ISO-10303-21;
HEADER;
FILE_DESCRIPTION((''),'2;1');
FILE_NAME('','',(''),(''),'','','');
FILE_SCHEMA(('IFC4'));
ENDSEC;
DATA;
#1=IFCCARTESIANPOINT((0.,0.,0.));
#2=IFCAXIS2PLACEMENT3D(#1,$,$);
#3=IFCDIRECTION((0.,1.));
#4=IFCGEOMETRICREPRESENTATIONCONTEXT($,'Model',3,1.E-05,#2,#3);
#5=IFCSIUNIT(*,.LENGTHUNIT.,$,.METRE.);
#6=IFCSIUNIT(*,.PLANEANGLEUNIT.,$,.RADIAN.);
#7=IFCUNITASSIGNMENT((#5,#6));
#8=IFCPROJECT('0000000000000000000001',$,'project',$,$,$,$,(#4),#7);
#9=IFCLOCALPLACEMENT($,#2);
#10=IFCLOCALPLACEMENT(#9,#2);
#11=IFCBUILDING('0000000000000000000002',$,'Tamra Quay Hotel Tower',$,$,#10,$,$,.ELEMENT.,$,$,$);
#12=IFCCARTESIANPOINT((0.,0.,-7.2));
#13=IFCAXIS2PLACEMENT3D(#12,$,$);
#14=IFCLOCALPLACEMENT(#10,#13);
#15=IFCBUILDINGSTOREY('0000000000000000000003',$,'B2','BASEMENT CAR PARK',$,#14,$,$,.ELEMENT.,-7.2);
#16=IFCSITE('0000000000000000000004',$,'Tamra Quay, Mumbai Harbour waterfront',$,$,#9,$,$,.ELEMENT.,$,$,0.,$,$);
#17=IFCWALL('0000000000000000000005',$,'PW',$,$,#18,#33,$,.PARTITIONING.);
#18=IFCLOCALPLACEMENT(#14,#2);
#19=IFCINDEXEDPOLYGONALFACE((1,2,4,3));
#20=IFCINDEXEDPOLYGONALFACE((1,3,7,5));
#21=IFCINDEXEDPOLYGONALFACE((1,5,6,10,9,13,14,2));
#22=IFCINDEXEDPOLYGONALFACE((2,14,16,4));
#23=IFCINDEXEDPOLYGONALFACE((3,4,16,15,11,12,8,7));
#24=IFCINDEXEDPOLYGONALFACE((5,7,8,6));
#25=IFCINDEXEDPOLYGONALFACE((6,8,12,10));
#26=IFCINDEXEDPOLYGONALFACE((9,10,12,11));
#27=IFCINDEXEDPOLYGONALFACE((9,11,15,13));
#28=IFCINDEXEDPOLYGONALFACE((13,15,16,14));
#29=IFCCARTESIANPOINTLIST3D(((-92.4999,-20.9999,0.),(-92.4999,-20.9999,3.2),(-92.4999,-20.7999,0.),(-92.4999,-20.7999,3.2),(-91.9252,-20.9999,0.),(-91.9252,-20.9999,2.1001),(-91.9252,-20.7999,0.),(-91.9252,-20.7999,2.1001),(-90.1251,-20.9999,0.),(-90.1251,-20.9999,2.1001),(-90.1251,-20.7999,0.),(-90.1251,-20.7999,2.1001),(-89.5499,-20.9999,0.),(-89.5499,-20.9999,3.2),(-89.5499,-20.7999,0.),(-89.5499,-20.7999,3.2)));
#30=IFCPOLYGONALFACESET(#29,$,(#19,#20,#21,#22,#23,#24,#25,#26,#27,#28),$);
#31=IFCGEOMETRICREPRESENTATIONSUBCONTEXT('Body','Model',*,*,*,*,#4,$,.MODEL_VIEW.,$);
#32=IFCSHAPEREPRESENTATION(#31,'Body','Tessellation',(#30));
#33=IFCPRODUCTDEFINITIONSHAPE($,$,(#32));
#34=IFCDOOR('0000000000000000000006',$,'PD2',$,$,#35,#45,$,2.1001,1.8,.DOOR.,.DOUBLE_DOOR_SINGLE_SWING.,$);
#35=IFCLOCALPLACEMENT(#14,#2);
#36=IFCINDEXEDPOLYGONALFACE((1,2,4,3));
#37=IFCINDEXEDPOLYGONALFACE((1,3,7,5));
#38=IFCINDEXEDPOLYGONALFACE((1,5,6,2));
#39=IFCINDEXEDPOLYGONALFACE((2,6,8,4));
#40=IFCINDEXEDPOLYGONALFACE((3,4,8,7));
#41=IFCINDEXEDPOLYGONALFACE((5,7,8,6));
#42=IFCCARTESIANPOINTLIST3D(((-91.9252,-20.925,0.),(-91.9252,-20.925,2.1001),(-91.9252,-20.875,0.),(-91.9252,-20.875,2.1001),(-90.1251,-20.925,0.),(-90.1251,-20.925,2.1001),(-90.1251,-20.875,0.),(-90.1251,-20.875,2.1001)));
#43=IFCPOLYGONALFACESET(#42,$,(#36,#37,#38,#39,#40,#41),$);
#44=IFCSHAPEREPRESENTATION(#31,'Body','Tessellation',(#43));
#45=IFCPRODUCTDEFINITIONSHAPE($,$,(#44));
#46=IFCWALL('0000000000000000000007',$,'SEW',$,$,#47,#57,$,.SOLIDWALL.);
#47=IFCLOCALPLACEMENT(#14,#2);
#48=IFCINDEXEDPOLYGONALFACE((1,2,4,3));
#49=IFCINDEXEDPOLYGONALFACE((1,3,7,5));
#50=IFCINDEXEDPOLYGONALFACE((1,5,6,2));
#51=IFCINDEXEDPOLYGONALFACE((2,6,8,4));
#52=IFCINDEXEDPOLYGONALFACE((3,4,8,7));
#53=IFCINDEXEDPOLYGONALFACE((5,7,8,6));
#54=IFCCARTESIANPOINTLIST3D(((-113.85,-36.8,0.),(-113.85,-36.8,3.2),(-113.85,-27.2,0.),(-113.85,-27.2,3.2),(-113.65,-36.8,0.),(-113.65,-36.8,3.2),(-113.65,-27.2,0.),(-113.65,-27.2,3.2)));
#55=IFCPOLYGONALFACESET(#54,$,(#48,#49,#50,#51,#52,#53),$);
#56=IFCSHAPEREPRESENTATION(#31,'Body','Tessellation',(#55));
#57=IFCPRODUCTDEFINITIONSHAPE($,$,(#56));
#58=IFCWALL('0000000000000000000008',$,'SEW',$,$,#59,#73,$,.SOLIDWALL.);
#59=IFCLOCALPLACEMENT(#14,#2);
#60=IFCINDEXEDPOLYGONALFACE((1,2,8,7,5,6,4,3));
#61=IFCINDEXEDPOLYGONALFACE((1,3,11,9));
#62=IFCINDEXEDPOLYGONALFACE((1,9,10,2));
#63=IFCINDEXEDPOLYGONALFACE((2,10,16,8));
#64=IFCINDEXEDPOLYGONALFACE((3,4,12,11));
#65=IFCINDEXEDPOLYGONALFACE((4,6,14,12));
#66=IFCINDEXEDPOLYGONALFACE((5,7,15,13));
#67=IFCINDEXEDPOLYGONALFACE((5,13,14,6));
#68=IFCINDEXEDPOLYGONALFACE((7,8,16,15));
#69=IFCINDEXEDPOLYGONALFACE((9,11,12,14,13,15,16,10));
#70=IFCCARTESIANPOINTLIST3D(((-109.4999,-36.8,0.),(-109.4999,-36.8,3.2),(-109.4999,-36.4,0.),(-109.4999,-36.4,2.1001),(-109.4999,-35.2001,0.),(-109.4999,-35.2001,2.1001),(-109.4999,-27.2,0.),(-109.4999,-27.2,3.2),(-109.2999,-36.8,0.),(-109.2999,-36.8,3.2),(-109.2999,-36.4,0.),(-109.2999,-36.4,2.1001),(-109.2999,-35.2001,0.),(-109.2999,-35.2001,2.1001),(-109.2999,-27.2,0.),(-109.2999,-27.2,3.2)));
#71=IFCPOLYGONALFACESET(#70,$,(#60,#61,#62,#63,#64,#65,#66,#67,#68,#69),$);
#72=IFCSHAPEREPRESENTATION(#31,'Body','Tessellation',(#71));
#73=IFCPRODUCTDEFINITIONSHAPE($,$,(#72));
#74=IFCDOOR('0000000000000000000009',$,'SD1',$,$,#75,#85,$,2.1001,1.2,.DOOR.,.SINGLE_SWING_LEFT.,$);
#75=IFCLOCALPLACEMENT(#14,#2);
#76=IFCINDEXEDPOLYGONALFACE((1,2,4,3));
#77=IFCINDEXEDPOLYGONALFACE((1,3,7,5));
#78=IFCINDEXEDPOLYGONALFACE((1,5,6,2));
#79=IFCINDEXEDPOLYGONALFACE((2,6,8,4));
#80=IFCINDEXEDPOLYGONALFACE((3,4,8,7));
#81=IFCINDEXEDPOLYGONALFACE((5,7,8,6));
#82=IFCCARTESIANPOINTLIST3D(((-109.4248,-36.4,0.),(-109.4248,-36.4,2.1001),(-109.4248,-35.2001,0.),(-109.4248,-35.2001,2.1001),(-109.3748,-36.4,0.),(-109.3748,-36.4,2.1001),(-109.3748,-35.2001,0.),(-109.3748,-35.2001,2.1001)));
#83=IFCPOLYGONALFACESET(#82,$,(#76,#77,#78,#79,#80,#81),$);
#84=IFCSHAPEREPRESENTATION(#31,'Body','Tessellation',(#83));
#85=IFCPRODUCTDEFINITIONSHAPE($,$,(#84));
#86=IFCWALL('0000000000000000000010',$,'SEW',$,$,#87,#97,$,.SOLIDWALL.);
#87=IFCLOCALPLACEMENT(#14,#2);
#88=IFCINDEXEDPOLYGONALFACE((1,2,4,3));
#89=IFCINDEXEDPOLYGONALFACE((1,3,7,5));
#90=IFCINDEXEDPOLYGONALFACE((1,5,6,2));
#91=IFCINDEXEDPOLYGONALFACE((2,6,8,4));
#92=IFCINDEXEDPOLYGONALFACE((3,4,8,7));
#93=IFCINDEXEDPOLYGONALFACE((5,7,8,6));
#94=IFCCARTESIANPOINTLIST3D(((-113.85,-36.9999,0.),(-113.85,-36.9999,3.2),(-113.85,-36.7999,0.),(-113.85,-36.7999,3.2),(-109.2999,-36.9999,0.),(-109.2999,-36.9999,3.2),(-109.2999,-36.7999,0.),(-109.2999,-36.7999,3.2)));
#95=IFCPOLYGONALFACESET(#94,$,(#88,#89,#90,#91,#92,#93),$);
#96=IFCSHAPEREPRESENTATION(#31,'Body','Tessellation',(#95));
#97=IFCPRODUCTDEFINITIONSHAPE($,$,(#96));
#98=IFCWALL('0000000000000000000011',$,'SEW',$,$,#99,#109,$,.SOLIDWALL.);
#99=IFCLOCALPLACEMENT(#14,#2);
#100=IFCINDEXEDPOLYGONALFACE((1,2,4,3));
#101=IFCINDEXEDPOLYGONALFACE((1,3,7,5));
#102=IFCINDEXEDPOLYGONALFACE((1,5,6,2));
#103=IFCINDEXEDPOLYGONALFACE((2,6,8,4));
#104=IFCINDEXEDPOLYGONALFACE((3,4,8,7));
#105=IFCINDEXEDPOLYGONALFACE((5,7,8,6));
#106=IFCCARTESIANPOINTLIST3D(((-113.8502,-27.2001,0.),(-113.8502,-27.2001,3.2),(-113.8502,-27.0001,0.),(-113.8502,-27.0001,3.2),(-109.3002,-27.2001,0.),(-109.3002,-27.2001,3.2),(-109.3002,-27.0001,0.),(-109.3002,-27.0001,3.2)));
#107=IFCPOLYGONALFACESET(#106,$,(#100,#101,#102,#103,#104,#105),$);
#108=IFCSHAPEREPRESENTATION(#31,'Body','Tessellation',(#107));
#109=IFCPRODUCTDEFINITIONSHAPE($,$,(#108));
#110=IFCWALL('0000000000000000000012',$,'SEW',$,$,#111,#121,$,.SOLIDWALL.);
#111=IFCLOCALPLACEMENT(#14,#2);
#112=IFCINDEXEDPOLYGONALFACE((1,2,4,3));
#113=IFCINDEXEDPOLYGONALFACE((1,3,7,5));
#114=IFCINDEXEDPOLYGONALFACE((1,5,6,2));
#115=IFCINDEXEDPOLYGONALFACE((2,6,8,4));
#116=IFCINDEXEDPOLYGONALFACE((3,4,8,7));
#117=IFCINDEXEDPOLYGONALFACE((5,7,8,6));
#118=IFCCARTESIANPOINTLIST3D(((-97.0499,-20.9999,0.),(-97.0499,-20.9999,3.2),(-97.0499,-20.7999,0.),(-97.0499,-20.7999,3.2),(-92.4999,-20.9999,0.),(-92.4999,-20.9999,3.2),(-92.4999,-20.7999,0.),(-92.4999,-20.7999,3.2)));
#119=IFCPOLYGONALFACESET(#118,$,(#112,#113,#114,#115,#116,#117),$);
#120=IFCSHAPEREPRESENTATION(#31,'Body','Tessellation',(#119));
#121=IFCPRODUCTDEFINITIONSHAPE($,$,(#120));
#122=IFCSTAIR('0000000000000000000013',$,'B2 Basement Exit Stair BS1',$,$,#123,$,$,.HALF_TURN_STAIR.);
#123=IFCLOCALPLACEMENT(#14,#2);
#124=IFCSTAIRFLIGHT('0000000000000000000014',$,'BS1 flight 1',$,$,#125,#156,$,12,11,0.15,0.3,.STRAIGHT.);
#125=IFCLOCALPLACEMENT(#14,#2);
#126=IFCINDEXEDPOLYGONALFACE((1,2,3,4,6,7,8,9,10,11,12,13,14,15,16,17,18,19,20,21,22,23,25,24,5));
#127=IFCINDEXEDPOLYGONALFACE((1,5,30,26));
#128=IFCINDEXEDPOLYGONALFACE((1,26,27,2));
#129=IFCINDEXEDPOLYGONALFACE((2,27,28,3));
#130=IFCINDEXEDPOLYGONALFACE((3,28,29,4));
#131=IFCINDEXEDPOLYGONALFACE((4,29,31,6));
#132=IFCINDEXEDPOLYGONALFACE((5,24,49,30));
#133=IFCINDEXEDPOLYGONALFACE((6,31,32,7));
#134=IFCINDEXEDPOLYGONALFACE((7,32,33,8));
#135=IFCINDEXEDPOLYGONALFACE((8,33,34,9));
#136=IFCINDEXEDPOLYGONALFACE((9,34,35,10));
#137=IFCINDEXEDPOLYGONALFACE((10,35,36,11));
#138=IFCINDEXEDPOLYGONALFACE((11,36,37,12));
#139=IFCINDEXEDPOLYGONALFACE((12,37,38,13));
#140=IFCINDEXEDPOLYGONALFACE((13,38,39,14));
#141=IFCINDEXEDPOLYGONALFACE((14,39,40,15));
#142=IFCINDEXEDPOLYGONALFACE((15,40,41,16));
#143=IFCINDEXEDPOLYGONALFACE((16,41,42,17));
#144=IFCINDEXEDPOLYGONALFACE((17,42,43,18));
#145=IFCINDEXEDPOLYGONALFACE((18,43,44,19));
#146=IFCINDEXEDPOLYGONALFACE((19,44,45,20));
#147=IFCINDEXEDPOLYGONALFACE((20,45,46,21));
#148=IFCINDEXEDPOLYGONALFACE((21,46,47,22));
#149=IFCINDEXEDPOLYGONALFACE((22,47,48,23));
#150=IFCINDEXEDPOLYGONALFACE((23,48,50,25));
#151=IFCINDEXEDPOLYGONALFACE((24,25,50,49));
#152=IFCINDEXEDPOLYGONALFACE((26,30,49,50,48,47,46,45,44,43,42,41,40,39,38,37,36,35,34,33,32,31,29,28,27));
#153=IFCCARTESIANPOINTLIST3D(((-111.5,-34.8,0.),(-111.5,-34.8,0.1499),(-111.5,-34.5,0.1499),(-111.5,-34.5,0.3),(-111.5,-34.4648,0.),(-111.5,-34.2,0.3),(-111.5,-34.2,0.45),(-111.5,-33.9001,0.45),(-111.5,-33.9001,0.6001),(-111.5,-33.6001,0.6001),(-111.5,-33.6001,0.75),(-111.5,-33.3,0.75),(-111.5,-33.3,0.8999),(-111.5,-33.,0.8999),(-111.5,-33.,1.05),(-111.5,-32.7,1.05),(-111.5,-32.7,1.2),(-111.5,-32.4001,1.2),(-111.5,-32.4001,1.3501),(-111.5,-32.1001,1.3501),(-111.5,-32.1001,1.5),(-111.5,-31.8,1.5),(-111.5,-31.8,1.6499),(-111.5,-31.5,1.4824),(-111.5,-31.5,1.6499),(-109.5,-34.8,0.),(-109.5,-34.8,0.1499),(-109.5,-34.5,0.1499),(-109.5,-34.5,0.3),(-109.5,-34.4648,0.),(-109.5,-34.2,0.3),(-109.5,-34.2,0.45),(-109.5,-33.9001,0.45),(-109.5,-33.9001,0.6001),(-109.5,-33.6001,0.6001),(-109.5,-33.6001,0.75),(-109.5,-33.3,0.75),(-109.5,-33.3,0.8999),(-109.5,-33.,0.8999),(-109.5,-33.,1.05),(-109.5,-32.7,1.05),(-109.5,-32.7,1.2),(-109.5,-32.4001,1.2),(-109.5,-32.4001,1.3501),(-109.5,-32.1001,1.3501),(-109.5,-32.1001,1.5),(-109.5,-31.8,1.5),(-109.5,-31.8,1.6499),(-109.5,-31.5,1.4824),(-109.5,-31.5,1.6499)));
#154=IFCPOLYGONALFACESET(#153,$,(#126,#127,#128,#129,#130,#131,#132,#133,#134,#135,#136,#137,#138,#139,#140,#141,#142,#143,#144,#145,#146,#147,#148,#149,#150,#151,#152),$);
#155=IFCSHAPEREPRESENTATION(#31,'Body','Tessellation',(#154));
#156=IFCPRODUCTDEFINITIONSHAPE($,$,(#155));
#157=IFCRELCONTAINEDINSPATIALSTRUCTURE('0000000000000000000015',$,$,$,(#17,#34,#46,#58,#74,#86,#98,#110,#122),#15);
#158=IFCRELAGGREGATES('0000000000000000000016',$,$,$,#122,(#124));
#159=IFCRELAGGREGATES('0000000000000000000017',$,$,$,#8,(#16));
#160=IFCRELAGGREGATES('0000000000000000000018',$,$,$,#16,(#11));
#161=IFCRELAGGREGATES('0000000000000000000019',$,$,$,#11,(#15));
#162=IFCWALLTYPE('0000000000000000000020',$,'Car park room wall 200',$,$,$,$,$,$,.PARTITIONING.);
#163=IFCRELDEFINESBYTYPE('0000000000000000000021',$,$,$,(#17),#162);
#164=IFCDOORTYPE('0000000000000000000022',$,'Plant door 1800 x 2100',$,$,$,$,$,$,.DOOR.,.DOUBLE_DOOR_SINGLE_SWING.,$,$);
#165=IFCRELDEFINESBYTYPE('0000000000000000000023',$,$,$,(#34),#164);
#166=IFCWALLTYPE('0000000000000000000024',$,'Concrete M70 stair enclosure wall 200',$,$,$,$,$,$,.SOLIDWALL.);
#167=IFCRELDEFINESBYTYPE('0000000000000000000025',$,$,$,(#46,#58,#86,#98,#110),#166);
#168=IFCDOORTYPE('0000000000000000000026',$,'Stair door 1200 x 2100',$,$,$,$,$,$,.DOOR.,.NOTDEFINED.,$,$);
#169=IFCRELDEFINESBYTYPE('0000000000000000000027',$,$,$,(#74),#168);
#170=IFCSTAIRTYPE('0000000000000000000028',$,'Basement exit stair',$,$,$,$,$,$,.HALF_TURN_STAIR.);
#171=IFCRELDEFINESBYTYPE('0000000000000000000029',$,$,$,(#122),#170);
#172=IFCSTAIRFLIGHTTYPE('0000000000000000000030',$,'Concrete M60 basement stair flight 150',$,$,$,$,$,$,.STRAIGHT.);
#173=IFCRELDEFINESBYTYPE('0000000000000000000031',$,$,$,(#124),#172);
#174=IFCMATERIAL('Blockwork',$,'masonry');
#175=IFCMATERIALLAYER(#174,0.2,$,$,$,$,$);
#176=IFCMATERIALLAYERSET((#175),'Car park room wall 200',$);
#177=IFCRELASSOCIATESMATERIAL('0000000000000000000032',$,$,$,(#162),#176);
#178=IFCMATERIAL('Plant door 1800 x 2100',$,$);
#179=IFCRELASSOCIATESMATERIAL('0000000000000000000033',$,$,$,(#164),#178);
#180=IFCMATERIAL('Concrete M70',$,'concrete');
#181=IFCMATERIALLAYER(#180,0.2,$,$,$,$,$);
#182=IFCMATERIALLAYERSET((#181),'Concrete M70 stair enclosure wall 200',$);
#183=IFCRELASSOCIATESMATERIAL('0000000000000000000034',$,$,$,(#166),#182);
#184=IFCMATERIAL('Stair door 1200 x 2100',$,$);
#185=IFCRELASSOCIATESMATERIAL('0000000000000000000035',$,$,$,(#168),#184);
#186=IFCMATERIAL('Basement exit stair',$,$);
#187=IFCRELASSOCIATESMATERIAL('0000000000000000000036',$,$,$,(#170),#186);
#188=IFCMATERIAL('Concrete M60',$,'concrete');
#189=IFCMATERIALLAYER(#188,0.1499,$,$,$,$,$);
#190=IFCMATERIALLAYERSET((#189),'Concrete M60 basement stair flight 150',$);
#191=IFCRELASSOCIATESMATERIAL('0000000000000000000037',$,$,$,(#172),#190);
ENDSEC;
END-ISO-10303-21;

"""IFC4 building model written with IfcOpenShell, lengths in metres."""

from ifc_helpers import new_model, si_unit, direction, frame, frame_2d, origin, place, context, subcontext, project, spatial, polyline, rectangle, outline, extrude, material, layer, layer_set, type_object, element, fill, aggregate, save


model = new_model("IFC4")

# Units and contexts
model_context = context("Model", 3, precision=1e-05, world=origin(), true_north=direction((0.0, 1.0)))
body_context = subcontext(model_context, "Body", "Model", "MODEL_VIEW")
ifc_project = project(units=[si_unit("LENGTHUNIT", "METRE"), si_unit("PLANEANGLEUNIT", "RADIAN")], contexts=[model_context])

# Site, building, storey
site_placement = place(None, origin())
site = spatial("IfcSite", under=ifc_project, at=site_placement, Name="Tamra Quay, Mumbai Harbour waterfront", CompositionType="ELEMENT", RefElevation=0.0)
building_placement = place(site_placement, origin())
building = spatial("IfcBuilding", under=site, at=building_placement, Name="Tamra Quay Hotel Tower", CompositionType="ELEMENT")
storey_placement = place(building_placement, frame((0.0, 0.0, -7.2)))
storey = spatial("IfcBuildingStorey", under=building, at=storey_placement, Name="B2", Description="BASEMENT CAR PARK", CompositionType="ELEMENT", Elevation=-7.2)

# Shared definitions
ifc_material_1 = material(Name="Concrete M70", Category="concrete")

# Shared definitions
ifc_material_2 = material(Name="Blockwork", Category="masonry")
ifc_layer_1 = layer(ifc_material_2, 0.2)
ifc_layer_set_1 = layer_set([ifc_layer_1], Name="Car park room wall 200")
wall_type_1 = type_object("IfcWallType", Name="Car park room wall 200", PredefinedType="PARTITIONING", material=ifc_layer_set_1)
ifc_material_3 = material(Name="Plant door 1800 x 2100")
door_type_1 = type_object("IfcDoorType", Name="Plant door 1800 x 2100", OperationType="DOUBLE_DOOR_SINGLE_SWING", PredefinedType="DOOR", material=ifc_material_3)

# Wall, opening, door
wall_1_placement = place(storey_placement, frame((-92.5, -20.8999, 0.0), z_axis=(0.0, 0.0, 1.0), x_axis=(1.0, 0.0, 0.0)))
wall_1 = element("IfcWall", 1, at=wall_1_placement, inside=storey, type_object=wall_type_1, Name="PW", PredefinedType="PARTITIONING", context=body_context, shape_type="SweptSolid", body=[
    extrude(rectangle(XDim=2.95, YDim=0.2, at=frame_2d((1.4751, 0.0))), origin(), (0.0, 0.0, 1.0), 3.2),
])
opening_1_placement = place(wall_1_placement, frame((0.575, 0.0, 0.0)))
opening_1 = element("IfcOpeningElement", 2, at=opening_1_placement, cuts=wall_1, PredefinedType="OPENING", context=body_context, shape_type="SweptSolid", body=[
    extrude(rectangle(XDim=1.8, YDim=2.1001, at=frame_2d((0.8999, 1.05))), frame((0.0, 0.1099, 0.0), z_axis=(0.0, -1.0, 0.0), x_axis=(1.0, 0.0, 0.0)), (0.0, 0.0, 1.0), 0.22),
])
door_1_placement = place(opening_1_placement, origin())
door_1 = element("IfcDoor", 3, at=door_1_placement, inside=storey, type_object=door_type_1, Name="PD2", OperationType="DOUBLE_DOOR_SINGLE_SWING", OverallHeight=2.1001, OverallWidth=1.8, PredefinedType="DOOR", context=body_context, shape_type="SweptSolid", body=[
    extrude(rectangle(XDim=1.8, YDim=2.1001, at=frame_2d((0.8999, 1.05))), frame((0.0, 0.0249, 0.0), z_axis=(0.0, -1.0, 0.0), x_axis=(1.0, 0.0, 0.0)), (0.0, 0.0, 1.0), 0.05),
])
fill(opening_1, door_1)

# Wall
ifc_layer_2 = layer(ifc_material_1, 0.2)
ifc_layer_set_2 = layer_set([ifc_layer_2], Name="Concrete M70 stair enclosure wall 200")
wall_type_2 = type_object("IfcWallType", Name="Concrete M70 stair enclosure wall 200", PredefinedType="SOLIDWALL", material=ifc_layer_set_2)
wall_2_placement = place(storey_placement, frame((-113.75, -36.8, 0.0), z_axis=(0.0, 0.0, 1.0), x_axis=(0.0, 1.0, 0.0)))
element("IfcWall", 4, at=wall_2_placement, inside=storey, type_object=wall_type_2, Name="SEW", PredefinedType="SOLIDWALL", context=body_context, shape_type="SweptSolid", body=[
    extrude(rectangle(XDim=9.6001, YDim=0.2, at=frame_2d((4.8, 0.0))), origin(), (0.0, 0.0, 1.0), 3.2),
])

# Wall, opening, door
wall_3_placement = place(storey_placement, frame((-109.3999, -36.8, 0.0), z_axis=(0.0, 0.0, 1.0), x_axis=(0.0, 1.0, 0.0)))
wall_3 = element("IfcWall", 5, at=wall_3_placement, inside=storey, type_object=wall_type_2, Name="SEW", PredefinedType="SOLIDWALL", context=body_context, shape_type="SweptSolid", body=[
    extrude(rectangle(XDim=9.6001, YDim=0.2, at=frame_2d((4.8, 0.0))), origin(), (0.0, 0.0, 1.0), 3.2),
])
opening_2_placement = place(wall_3_placement, frame((0.3999, 0.0, 0.0)))
opening_2 = element("IfcOpeningElement", 6, at=opening_2_placement, cuts=wall_3, PredefinedType="OPENING", context=body_context, shape_type="SweptSolid", body=[
    extrude(rectangle(XDim=1.2, YDim=2.1001, at=frame_2d((0.6001, 1.05))), frame((0.0, 0.1099, 0.0), z_axis=(0.0, -1.0, 0.0), x_axis=(1.0, 0.0, 0.0)), (0.0, 0.0, 1.0), 0.22),
])
ifc_material_4 = material(Name="Stair door 1200 x 2100")
door_type_2 = type_object("IfcDoorType", Name="Stair door 1200 x 2100", OperationType="NOTDEFINED", PredefinedType="DOOR", material=ifc_material_4)
door_2_placement = place(opening_2_placement, origin())
door_2 = element("IfcDoor", 7, at=door_2_placement, inside=storey, type_object=door_type_2, Name="SD1", OperationType="SINGLE_SWING_LEFT", OverallHeight=2.1001, OverallWidth=1.2, PredefinedType="DOOR", context=body_context, shape_type="SweptSolid", body=[
    extrude(rectangle(XDim=1.2, YDim=2.1001, at=frame_2d((0.6001, 1.05))), frame((0.0, 0.0249, 0.0), z_axis=(0.0, -1.0, 0.0), x_axis=(1.0, 0.0, 0.0)), (0.0, 0.0, 1.0), 0.05),
])
fill(opening_2, door_2)

# Walls
for number, where, z_axis, x_axis, name in (
    (8, (-109.3, -36.8999, 0.0), (0.0, 0.0, 1.0), (-1.0, 0.0, 0.0), "SEW"),
    (9, (-113.8501, -27.1001, 0.0), (0.0, 0.0, 1.0), (1.0, 0.0, 0.0), "SEW"),
    (10, (-92.5, -20.8999, 0.0), (0.0, 0.0, 1.0), (-1.0, 0.0, 0.0), "SEW"),
):
    element("IfcWall", number, at=place(storey_placement, frame(where, z_axis=z_axis, x_axis=x_axis)), inside=storey, type_object=wall_type_2, Name=name, PredefinedType="SOLIDWALL", context=body_context, shape_type="SweptSolid", body=[
        extrude(rectangle(XDim=4.55, YDim=0.2, at=frame_2d((2.2749, 0.0))), origin(), (0.0, 0.0, 1.0), 3.2),
    ])

# Stair, stair flight
ifc_material_5 = material(Name="Basement exit stair")
stair_type = type_object("IfcStairType", Name="Basement exit stair", PredefinedType="HALF_TURN_STAIR", material=ifc_material_5)
stair_placement = place(storey_placement, origin())
stair = element("IfcStair", 11, at=stair_placement, inside=storey, type_object=stair_type, Name="B2 Basement Exit Stair BS1", PredefinedType="HALF_TURN_STAIR")
ifc_material_6 = material(Name="Concrete M60", Category="concrete")
ifc_layer_3 = layer(ifc_material_6, 0.1499)
ifc_layer_set_3 = layer_set([ifc_layer_3], Name="Concrete M60 basement stair flight 150")
stair_flight_type = type_object("IfcStairFlightType", Name="Concrete M60 basement stair flight 150", PredefinedType="STRAIGHT", material=ifc_layer_set_3)
stair_flight_1_placement = place(storey_placement, frame((-110.5, -34.8, 0.0), z_axis=(0.0, 0.0, 1.0), x_axis=(0.0, 1.0, 0.0)))
stair_flight_1 = element("IfcStairFlight", 12, at=stair_flight_1_placement, type_object=stair_flight_type, Name="BS1 flight 1", NumberOfRisers=12, NumberOfTreads=11, PredefinedType="STRAIGHT", RiserHeight=0.15, TreadLength=0.3, context=body_context, shape_type="SweptSolid", body=[
    extrude(outline(polyline([(0.0, 0.0), (0.0, 0.1499), (0.3, 0.1499), (0.3, 0.3), (0.6001, 0.3), (0.6001, 0.45), (0.8999, 0.45), (0.8999, 0.6001), (1.2, 0.6001), (1.2, 0.75), (1.5, 0.75), (1.5, 0.8999), (1.8, 0.8999), (1.8, 1.05), (2.1001, 1.05), (2.1001, 1.2), (2.3999, 1.2), (2.3999, 1.3501), (2.7, 1.3501), (2.7, 1.5), (3.0, 1.5), (3.0, 1.6499), (3.3, 1.6499), (3.3, 1.8), (3.3, 1.4824), (0.3352, 0.0), (0.0, 0.0)])), frame((0.0, 1.0, 0.0), z_axis=(0.0, -1.0, 0.0), x_axis=(1.0, 0.0, 0.0)), (0.0, 0.0, 1.0), 2.0),
])
aggregate(stair, [stair_flight_1])

save(model, "model.ifc")
